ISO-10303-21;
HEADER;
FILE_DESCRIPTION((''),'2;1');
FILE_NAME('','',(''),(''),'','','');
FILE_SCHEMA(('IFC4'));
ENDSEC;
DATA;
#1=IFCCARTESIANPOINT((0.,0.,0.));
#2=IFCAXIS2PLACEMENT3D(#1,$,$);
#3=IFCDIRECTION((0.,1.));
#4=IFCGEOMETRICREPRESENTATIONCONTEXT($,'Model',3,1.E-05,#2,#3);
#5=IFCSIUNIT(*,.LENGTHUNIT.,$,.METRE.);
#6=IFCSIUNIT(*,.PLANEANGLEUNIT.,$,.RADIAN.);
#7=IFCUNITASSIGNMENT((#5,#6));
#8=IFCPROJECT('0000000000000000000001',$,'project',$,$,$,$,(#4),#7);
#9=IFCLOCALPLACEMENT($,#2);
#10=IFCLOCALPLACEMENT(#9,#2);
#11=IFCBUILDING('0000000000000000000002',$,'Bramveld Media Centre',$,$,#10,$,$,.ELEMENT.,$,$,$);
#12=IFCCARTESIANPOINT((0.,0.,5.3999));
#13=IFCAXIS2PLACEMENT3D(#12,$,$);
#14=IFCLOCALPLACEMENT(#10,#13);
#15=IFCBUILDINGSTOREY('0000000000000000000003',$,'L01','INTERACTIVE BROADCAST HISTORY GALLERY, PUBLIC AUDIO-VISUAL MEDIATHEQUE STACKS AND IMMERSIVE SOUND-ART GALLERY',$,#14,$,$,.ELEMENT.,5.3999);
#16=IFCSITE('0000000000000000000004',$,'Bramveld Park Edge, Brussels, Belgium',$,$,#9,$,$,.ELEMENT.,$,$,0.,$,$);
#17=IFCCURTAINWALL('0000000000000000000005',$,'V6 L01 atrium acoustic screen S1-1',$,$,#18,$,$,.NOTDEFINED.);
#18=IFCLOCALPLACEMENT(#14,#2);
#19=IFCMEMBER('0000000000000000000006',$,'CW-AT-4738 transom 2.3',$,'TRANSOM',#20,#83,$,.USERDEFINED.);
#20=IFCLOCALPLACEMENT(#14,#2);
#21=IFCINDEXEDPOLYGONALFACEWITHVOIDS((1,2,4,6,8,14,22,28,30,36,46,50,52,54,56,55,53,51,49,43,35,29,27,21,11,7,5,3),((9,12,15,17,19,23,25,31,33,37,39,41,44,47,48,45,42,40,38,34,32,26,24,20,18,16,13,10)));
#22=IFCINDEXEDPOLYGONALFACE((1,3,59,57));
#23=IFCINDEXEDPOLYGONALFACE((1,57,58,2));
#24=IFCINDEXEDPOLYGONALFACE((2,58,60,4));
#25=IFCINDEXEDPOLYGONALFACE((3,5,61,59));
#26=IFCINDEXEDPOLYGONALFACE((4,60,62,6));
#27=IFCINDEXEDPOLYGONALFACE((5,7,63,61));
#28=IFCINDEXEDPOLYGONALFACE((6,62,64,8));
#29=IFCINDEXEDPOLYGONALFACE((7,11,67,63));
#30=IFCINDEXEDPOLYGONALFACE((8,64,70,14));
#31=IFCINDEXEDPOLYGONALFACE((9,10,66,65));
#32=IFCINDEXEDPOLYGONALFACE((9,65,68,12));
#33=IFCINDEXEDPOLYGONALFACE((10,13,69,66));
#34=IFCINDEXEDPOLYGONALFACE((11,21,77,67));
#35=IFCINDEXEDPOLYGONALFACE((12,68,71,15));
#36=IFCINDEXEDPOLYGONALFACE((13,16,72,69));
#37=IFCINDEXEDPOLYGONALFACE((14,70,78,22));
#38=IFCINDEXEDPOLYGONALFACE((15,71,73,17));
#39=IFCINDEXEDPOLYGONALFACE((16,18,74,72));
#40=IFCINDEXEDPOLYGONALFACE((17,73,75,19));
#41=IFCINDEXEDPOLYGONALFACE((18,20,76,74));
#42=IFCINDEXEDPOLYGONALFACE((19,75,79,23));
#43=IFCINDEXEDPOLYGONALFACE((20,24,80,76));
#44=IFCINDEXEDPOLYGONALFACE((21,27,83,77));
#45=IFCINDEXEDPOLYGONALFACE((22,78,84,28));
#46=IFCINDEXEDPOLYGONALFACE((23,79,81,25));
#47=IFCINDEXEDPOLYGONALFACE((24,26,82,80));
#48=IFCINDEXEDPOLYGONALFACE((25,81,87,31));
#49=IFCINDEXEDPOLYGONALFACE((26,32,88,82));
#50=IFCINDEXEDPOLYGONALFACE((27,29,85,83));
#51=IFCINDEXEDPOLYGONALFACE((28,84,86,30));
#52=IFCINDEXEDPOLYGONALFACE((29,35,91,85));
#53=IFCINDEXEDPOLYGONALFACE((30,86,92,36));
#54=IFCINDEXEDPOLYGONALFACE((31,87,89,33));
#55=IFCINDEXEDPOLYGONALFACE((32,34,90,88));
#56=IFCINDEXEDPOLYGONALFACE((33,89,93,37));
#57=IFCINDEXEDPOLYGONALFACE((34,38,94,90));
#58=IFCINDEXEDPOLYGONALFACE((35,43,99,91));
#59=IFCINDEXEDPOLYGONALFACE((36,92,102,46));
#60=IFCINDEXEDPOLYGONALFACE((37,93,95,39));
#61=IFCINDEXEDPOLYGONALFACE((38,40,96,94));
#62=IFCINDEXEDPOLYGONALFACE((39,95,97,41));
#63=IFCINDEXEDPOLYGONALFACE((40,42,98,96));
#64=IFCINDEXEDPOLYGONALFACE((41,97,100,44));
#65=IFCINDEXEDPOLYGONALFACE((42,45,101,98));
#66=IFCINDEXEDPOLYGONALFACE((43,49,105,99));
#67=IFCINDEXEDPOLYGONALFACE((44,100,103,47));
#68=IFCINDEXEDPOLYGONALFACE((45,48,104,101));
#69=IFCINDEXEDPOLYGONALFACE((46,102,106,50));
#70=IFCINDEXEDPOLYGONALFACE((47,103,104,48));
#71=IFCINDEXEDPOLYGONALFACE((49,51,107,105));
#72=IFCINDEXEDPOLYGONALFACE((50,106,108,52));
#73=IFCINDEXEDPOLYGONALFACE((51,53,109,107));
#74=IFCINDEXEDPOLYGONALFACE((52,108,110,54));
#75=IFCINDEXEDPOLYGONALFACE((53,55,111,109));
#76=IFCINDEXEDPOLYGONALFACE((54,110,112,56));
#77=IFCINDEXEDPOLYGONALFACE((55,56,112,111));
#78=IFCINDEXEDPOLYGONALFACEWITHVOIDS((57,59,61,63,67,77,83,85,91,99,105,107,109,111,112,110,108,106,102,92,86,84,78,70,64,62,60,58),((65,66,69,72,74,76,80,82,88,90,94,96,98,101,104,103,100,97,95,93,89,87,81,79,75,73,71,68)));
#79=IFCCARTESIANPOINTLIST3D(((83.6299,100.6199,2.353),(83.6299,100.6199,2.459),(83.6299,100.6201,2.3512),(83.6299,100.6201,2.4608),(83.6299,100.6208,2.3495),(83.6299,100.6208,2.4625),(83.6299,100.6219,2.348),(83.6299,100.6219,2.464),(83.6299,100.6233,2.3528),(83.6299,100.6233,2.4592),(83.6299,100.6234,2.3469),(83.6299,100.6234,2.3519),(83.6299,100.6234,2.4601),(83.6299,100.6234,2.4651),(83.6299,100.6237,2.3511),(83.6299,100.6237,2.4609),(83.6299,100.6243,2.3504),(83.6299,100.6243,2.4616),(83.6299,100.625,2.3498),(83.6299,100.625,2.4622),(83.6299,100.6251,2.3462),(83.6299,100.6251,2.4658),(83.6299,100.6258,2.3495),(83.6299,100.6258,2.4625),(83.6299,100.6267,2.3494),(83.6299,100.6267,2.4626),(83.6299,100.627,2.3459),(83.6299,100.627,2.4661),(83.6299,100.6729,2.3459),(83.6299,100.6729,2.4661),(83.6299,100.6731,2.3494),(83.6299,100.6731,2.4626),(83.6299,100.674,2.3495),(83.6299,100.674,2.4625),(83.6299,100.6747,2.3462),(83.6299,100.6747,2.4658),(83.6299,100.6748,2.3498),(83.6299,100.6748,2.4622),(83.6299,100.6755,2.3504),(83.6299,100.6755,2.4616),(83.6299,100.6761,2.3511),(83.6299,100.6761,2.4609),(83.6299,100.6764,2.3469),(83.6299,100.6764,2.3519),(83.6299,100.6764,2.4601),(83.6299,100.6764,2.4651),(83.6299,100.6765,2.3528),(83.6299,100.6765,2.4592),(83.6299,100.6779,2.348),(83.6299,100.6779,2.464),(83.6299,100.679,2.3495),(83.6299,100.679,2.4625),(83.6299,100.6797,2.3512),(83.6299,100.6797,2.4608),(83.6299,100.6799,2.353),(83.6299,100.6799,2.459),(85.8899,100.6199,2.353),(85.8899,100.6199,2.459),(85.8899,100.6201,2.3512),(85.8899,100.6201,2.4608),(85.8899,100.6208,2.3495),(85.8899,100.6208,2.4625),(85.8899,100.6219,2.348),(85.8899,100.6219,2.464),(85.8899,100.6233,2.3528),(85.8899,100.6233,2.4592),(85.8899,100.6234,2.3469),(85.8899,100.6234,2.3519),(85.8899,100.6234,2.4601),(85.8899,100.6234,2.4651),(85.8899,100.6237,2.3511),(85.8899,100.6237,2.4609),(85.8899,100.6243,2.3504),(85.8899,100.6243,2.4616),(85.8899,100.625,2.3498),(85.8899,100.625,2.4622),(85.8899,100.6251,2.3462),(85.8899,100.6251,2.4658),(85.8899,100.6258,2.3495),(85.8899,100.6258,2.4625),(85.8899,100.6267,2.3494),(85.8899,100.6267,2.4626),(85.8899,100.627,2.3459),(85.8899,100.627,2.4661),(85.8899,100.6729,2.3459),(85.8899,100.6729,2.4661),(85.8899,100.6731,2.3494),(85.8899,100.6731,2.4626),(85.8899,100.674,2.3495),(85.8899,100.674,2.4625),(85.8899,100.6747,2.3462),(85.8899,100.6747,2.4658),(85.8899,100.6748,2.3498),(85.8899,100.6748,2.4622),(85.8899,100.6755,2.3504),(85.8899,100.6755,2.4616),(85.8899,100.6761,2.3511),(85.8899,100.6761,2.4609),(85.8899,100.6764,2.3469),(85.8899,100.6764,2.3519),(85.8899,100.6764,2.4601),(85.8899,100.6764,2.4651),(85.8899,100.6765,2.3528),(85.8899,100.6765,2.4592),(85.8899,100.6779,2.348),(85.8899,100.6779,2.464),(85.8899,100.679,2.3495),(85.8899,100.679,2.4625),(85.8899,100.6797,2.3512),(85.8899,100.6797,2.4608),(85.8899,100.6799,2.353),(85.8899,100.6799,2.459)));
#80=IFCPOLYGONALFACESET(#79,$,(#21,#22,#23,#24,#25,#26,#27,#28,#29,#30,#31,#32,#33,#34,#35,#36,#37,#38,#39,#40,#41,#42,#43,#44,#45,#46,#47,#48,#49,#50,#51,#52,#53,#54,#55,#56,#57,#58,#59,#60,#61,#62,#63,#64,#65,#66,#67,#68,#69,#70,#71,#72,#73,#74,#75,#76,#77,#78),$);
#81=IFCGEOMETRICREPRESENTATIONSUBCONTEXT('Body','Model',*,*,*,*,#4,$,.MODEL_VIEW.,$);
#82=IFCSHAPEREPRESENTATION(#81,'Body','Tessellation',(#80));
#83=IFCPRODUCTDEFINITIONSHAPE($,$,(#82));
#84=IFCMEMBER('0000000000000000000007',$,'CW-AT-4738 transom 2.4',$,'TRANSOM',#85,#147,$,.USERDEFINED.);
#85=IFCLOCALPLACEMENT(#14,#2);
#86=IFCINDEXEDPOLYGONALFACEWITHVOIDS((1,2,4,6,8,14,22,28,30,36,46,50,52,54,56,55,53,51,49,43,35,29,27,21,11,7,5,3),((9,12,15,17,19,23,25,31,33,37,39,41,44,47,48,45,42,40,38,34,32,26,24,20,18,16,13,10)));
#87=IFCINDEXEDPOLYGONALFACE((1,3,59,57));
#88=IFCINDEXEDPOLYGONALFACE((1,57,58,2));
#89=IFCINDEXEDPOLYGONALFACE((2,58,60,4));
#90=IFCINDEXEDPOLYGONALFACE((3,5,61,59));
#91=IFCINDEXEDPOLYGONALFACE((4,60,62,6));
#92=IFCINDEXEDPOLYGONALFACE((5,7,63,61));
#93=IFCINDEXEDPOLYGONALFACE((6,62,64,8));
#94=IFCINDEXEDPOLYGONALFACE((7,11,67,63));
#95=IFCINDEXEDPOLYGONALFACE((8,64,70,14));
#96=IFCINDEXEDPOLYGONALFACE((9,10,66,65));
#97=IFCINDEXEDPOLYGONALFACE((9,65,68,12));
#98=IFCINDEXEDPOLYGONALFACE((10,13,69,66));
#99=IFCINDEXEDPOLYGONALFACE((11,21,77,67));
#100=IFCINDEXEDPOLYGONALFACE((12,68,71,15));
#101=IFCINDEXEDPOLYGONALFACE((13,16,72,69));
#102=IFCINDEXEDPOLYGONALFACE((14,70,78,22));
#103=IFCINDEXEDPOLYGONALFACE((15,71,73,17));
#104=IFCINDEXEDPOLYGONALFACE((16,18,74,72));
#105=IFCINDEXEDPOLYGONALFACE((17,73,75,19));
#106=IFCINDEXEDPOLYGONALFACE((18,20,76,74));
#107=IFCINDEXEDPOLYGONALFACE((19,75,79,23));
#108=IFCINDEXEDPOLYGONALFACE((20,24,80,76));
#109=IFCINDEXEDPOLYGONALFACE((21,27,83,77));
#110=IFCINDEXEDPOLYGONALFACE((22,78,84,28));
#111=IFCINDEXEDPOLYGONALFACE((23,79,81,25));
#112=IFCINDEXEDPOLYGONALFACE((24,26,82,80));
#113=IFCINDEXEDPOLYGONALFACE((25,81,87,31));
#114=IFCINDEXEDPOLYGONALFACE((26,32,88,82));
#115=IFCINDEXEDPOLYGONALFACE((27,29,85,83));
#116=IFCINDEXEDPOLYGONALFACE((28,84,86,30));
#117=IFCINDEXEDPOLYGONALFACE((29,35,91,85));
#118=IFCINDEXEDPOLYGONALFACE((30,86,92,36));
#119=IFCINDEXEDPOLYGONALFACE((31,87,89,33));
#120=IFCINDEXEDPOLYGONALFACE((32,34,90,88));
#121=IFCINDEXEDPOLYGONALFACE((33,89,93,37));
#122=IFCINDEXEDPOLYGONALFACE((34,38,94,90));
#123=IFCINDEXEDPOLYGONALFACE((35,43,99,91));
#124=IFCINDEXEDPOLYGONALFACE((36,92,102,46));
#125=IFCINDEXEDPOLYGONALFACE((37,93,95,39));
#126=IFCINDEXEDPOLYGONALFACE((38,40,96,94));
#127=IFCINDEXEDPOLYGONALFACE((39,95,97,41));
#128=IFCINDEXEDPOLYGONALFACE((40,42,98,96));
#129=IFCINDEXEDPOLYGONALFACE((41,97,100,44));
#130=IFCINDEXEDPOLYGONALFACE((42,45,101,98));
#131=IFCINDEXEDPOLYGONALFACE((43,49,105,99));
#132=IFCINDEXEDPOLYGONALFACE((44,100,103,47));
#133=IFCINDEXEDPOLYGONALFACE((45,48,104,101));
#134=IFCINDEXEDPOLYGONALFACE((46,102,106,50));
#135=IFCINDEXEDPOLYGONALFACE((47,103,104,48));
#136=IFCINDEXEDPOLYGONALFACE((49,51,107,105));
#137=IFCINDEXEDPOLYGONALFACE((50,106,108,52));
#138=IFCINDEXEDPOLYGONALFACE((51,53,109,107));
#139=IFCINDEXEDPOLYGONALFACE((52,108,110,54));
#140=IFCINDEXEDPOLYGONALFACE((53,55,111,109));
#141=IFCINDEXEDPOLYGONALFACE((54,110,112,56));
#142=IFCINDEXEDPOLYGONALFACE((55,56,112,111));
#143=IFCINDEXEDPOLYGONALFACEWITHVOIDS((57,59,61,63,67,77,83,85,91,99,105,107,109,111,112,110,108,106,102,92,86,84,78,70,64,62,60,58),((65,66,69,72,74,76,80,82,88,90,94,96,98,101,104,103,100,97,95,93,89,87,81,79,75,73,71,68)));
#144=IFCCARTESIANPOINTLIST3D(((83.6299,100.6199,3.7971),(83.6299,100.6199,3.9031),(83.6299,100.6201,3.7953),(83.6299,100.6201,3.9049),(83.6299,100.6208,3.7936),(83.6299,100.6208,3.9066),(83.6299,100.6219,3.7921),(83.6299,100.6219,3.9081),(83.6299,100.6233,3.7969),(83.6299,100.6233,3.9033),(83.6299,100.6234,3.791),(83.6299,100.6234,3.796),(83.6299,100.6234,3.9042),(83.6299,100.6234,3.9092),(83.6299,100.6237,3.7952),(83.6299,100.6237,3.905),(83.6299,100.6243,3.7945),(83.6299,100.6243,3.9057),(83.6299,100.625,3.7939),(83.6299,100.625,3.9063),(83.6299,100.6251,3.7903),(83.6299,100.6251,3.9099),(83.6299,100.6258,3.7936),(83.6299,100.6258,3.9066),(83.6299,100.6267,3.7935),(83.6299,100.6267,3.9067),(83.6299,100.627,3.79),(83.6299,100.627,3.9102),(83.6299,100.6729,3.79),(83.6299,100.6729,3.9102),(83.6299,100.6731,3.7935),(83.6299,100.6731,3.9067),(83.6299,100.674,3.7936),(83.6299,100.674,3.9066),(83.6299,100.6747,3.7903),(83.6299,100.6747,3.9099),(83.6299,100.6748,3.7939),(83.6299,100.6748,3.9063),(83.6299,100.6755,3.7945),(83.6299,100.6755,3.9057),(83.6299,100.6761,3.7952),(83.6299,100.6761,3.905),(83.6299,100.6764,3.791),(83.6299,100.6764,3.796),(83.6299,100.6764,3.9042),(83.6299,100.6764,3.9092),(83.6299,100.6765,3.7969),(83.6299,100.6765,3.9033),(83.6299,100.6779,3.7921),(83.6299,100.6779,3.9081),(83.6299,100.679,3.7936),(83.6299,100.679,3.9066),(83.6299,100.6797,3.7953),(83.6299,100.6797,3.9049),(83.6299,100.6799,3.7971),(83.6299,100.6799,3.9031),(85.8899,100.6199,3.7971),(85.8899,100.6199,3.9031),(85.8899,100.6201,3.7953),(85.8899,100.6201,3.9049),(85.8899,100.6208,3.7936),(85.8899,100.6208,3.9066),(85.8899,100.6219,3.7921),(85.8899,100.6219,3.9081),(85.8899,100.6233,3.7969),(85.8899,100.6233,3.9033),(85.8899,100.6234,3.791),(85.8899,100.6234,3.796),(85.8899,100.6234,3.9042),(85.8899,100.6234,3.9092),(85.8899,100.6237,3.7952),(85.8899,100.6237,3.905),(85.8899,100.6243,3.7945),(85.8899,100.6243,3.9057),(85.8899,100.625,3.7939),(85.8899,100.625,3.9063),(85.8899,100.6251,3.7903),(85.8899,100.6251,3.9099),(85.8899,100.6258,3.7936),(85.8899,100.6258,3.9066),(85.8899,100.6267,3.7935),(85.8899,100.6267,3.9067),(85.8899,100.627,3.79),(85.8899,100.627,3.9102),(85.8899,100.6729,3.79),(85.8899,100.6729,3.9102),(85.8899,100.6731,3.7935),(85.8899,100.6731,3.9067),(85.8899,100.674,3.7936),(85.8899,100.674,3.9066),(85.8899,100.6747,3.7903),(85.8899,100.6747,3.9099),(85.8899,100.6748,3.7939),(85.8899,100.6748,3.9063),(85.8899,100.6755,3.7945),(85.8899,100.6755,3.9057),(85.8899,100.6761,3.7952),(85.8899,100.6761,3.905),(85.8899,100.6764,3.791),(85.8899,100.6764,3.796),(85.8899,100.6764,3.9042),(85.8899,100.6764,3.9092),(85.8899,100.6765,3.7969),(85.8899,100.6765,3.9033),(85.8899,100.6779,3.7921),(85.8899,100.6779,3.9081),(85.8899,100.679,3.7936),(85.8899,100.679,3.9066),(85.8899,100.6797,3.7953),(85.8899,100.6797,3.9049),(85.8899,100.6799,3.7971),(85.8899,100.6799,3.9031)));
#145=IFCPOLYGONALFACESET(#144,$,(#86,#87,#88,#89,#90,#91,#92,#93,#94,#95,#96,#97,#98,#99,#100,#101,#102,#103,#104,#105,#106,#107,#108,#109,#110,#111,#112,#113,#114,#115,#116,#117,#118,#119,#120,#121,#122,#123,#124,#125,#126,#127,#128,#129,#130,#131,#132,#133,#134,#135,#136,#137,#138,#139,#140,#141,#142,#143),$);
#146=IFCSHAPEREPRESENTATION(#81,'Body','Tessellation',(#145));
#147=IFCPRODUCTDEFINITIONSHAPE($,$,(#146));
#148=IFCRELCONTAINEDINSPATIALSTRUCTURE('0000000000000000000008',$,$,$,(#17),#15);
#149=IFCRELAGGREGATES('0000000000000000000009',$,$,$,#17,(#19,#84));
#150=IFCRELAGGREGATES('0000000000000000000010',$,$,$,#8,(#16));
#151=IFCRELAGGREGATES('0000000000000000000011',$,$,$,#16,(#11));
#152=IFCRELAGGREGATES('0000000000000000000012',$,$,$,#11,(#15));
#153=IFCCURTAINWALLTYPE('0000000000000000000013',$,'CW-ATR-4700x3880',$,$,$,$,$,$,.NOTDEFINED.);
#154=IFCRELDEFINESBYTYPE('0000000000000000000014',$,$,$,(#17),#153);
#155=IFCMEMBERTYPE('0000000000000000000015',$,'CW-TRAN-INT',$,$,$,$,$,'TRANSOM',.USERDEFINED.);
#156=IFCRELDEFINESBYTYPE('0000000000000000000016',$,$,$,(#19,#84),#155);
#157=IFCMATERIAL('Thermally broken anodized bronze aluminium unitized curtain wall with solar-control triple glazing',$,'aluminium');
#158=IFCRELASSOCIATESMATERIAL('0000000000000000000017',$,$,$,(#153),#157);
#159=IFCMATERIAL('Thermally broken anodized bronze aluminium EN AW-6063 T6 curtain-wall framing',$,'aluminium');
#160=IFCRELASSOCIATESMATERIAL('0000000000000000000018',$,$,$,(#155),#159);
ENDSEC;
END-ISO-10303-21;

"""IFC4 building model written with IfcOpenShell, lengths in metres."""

from ifc_helpers import new_model, si_unit, direction, frame, origin, origin_2d, place, context, subcontext, project, spatial, hollow_rectangle, extrude, material, material_profile, profile_set, type_object, element, aggregate, save


model = new_model("IFC4")

# Units and contexts
model_context = context("Model", 3, precision=1e-05, world=origin(), true_north=direction((0.0, 1.0)))
body_context = subcontext(model_context, "Body", "Model", "MODEL_VIEW")
ifc_project = project(units=[si_unit("LENGTHUNIT", "METRE"), si_unit("PLANEANGLEUNIT", "RADIAN")], contexts=[model_context])

# Site, building, storey
site_placement = place(None, origin())
site = spatial("IfcSite", under=ifc_project, at=site_placement, Name="Bramveld Park Edge, Brussels, Belgium", CompositionType="ELEMENT", RefElevation=0.0)
building_placement = place(site_placement, origin())
building = spatial("IfcBuilding", under=site, at=building_placement, Name="Bramveld Media Centre", CompositionType="ELEMENT")
storey_placement = place(building_placement, frame((0.0, 0.0, 5.3999)))
storey = spatial("IfcBuildingStorey", under=building, at=storey_placement, Name="L01", Description="INTERACTIVE BROADCAST HISTORY GALLERY, PUBLIC AUDIO-VISUAL MEDIATHEQUE STACKS AND IMMERSIVE SOUND-ART GALLERY", CompositionType="ELEMENT", Elevation=5.3999)

# Curtain wall, members
ifc_material_1 = material(Name="Thermally broken anodized bronze aluminium unitized curtain wall with solar-control triple glazing", Category="aluminium")
curtain_wall_type_1 = type_object("IfcCurtainWallType", Name="CW-ATR-4700x3880", PredefinedType="NOTDEFINED", material=ifc_material_1)
curtain_wall_1_placement = place(storey_placement, origin())
curtain_wall_1 = element("IfcCurtainWall", 1, at=curtain_wall_1_placement, inside=storey, type_object=curtain_wall_type_1, Name="V6 L01 atrium acoustic screen S1-1", PredefinedType="NOTDEFINED")
ifc_material_2 = material(Name="Thermally broken anodized bronze aluminium EN AW-6063 T6 curtain-wall framing", Category="aluminium")
ifc_material_profile_1 = material_profile(ifc_material_2, hollow_rectangle(XDim=0.0601, YDim=0.1201, WallThickness=0.0034, InnerFilletRadius=0.0034, OuterFilletRadius=0.0071, at=origin_2d()), Name="AL-TRAN 60x120")
ifc_profile_set_1 = profile_set([ifc_material_profile_1], Name="Thermally broken anodized bronze aluminium EN AW-6063 T6 curtain-wall framing")
member_type_1 = type_object("IfcMemberType", Name="CW-TRAN-INT", ElementType="TRANSOM", PredefinedType="USERDEFINED", material=ifc_profile_set_1)
member_1_placement = place(storey_placement, frame((83.6299, 100.6499, 2.406), z_axis=(1.0, 0.0, 0.0), x_axis=(0.0, 1.0, 0.0)))
member_1 = element("IfcMember", 2, at=member_1_placement, type_object=member_type_1, Name="CW-AT-4738 transom 2.3", ObjectType="TRANSOM", PredefinedType="USERDEFINED", context=body_context, shape_type="SweptSolid", body=[
    extrude(hollow_rectangle(XDim=0.0601, YDim=0.1201, WallThickness=0.0034, InnerFilletRadius=0.0034, OuterFilletRadius=0.0071, at=origin_2d()), origin(), (0.0, 0.0, 1.0), 2.26),
])
member_2_placement = place(storey_placement, frame((83.6299, 100.6499, 3.8501), z_axis=(1.0, 0.0, 0.0), x_axis=(0.0, 1.0, 0.0)))
member_2 = element("IfcMember", 3, at=member_2_placement, type_object=member_type_1, Name="CW-AT-4738 transom 2.4", ObjectType="TRANSOM", PredefinedType="USERDEFINED", context=body_context, shape_type="SweptSolid", body=[
    extrude(hollow_rectangle(XDim=0.0601, YDim=0.1201, WallThickness=0.0034, InnerFilletRadius=0.0034, OuterFilletRadius=0.0071, at=origin_2d()), origin(), (0.0, 0.0, 1.0), 2.26),
])

aggregate(curtain_wall_1, [member_1, member_2])

save(model, "model.ifc")
